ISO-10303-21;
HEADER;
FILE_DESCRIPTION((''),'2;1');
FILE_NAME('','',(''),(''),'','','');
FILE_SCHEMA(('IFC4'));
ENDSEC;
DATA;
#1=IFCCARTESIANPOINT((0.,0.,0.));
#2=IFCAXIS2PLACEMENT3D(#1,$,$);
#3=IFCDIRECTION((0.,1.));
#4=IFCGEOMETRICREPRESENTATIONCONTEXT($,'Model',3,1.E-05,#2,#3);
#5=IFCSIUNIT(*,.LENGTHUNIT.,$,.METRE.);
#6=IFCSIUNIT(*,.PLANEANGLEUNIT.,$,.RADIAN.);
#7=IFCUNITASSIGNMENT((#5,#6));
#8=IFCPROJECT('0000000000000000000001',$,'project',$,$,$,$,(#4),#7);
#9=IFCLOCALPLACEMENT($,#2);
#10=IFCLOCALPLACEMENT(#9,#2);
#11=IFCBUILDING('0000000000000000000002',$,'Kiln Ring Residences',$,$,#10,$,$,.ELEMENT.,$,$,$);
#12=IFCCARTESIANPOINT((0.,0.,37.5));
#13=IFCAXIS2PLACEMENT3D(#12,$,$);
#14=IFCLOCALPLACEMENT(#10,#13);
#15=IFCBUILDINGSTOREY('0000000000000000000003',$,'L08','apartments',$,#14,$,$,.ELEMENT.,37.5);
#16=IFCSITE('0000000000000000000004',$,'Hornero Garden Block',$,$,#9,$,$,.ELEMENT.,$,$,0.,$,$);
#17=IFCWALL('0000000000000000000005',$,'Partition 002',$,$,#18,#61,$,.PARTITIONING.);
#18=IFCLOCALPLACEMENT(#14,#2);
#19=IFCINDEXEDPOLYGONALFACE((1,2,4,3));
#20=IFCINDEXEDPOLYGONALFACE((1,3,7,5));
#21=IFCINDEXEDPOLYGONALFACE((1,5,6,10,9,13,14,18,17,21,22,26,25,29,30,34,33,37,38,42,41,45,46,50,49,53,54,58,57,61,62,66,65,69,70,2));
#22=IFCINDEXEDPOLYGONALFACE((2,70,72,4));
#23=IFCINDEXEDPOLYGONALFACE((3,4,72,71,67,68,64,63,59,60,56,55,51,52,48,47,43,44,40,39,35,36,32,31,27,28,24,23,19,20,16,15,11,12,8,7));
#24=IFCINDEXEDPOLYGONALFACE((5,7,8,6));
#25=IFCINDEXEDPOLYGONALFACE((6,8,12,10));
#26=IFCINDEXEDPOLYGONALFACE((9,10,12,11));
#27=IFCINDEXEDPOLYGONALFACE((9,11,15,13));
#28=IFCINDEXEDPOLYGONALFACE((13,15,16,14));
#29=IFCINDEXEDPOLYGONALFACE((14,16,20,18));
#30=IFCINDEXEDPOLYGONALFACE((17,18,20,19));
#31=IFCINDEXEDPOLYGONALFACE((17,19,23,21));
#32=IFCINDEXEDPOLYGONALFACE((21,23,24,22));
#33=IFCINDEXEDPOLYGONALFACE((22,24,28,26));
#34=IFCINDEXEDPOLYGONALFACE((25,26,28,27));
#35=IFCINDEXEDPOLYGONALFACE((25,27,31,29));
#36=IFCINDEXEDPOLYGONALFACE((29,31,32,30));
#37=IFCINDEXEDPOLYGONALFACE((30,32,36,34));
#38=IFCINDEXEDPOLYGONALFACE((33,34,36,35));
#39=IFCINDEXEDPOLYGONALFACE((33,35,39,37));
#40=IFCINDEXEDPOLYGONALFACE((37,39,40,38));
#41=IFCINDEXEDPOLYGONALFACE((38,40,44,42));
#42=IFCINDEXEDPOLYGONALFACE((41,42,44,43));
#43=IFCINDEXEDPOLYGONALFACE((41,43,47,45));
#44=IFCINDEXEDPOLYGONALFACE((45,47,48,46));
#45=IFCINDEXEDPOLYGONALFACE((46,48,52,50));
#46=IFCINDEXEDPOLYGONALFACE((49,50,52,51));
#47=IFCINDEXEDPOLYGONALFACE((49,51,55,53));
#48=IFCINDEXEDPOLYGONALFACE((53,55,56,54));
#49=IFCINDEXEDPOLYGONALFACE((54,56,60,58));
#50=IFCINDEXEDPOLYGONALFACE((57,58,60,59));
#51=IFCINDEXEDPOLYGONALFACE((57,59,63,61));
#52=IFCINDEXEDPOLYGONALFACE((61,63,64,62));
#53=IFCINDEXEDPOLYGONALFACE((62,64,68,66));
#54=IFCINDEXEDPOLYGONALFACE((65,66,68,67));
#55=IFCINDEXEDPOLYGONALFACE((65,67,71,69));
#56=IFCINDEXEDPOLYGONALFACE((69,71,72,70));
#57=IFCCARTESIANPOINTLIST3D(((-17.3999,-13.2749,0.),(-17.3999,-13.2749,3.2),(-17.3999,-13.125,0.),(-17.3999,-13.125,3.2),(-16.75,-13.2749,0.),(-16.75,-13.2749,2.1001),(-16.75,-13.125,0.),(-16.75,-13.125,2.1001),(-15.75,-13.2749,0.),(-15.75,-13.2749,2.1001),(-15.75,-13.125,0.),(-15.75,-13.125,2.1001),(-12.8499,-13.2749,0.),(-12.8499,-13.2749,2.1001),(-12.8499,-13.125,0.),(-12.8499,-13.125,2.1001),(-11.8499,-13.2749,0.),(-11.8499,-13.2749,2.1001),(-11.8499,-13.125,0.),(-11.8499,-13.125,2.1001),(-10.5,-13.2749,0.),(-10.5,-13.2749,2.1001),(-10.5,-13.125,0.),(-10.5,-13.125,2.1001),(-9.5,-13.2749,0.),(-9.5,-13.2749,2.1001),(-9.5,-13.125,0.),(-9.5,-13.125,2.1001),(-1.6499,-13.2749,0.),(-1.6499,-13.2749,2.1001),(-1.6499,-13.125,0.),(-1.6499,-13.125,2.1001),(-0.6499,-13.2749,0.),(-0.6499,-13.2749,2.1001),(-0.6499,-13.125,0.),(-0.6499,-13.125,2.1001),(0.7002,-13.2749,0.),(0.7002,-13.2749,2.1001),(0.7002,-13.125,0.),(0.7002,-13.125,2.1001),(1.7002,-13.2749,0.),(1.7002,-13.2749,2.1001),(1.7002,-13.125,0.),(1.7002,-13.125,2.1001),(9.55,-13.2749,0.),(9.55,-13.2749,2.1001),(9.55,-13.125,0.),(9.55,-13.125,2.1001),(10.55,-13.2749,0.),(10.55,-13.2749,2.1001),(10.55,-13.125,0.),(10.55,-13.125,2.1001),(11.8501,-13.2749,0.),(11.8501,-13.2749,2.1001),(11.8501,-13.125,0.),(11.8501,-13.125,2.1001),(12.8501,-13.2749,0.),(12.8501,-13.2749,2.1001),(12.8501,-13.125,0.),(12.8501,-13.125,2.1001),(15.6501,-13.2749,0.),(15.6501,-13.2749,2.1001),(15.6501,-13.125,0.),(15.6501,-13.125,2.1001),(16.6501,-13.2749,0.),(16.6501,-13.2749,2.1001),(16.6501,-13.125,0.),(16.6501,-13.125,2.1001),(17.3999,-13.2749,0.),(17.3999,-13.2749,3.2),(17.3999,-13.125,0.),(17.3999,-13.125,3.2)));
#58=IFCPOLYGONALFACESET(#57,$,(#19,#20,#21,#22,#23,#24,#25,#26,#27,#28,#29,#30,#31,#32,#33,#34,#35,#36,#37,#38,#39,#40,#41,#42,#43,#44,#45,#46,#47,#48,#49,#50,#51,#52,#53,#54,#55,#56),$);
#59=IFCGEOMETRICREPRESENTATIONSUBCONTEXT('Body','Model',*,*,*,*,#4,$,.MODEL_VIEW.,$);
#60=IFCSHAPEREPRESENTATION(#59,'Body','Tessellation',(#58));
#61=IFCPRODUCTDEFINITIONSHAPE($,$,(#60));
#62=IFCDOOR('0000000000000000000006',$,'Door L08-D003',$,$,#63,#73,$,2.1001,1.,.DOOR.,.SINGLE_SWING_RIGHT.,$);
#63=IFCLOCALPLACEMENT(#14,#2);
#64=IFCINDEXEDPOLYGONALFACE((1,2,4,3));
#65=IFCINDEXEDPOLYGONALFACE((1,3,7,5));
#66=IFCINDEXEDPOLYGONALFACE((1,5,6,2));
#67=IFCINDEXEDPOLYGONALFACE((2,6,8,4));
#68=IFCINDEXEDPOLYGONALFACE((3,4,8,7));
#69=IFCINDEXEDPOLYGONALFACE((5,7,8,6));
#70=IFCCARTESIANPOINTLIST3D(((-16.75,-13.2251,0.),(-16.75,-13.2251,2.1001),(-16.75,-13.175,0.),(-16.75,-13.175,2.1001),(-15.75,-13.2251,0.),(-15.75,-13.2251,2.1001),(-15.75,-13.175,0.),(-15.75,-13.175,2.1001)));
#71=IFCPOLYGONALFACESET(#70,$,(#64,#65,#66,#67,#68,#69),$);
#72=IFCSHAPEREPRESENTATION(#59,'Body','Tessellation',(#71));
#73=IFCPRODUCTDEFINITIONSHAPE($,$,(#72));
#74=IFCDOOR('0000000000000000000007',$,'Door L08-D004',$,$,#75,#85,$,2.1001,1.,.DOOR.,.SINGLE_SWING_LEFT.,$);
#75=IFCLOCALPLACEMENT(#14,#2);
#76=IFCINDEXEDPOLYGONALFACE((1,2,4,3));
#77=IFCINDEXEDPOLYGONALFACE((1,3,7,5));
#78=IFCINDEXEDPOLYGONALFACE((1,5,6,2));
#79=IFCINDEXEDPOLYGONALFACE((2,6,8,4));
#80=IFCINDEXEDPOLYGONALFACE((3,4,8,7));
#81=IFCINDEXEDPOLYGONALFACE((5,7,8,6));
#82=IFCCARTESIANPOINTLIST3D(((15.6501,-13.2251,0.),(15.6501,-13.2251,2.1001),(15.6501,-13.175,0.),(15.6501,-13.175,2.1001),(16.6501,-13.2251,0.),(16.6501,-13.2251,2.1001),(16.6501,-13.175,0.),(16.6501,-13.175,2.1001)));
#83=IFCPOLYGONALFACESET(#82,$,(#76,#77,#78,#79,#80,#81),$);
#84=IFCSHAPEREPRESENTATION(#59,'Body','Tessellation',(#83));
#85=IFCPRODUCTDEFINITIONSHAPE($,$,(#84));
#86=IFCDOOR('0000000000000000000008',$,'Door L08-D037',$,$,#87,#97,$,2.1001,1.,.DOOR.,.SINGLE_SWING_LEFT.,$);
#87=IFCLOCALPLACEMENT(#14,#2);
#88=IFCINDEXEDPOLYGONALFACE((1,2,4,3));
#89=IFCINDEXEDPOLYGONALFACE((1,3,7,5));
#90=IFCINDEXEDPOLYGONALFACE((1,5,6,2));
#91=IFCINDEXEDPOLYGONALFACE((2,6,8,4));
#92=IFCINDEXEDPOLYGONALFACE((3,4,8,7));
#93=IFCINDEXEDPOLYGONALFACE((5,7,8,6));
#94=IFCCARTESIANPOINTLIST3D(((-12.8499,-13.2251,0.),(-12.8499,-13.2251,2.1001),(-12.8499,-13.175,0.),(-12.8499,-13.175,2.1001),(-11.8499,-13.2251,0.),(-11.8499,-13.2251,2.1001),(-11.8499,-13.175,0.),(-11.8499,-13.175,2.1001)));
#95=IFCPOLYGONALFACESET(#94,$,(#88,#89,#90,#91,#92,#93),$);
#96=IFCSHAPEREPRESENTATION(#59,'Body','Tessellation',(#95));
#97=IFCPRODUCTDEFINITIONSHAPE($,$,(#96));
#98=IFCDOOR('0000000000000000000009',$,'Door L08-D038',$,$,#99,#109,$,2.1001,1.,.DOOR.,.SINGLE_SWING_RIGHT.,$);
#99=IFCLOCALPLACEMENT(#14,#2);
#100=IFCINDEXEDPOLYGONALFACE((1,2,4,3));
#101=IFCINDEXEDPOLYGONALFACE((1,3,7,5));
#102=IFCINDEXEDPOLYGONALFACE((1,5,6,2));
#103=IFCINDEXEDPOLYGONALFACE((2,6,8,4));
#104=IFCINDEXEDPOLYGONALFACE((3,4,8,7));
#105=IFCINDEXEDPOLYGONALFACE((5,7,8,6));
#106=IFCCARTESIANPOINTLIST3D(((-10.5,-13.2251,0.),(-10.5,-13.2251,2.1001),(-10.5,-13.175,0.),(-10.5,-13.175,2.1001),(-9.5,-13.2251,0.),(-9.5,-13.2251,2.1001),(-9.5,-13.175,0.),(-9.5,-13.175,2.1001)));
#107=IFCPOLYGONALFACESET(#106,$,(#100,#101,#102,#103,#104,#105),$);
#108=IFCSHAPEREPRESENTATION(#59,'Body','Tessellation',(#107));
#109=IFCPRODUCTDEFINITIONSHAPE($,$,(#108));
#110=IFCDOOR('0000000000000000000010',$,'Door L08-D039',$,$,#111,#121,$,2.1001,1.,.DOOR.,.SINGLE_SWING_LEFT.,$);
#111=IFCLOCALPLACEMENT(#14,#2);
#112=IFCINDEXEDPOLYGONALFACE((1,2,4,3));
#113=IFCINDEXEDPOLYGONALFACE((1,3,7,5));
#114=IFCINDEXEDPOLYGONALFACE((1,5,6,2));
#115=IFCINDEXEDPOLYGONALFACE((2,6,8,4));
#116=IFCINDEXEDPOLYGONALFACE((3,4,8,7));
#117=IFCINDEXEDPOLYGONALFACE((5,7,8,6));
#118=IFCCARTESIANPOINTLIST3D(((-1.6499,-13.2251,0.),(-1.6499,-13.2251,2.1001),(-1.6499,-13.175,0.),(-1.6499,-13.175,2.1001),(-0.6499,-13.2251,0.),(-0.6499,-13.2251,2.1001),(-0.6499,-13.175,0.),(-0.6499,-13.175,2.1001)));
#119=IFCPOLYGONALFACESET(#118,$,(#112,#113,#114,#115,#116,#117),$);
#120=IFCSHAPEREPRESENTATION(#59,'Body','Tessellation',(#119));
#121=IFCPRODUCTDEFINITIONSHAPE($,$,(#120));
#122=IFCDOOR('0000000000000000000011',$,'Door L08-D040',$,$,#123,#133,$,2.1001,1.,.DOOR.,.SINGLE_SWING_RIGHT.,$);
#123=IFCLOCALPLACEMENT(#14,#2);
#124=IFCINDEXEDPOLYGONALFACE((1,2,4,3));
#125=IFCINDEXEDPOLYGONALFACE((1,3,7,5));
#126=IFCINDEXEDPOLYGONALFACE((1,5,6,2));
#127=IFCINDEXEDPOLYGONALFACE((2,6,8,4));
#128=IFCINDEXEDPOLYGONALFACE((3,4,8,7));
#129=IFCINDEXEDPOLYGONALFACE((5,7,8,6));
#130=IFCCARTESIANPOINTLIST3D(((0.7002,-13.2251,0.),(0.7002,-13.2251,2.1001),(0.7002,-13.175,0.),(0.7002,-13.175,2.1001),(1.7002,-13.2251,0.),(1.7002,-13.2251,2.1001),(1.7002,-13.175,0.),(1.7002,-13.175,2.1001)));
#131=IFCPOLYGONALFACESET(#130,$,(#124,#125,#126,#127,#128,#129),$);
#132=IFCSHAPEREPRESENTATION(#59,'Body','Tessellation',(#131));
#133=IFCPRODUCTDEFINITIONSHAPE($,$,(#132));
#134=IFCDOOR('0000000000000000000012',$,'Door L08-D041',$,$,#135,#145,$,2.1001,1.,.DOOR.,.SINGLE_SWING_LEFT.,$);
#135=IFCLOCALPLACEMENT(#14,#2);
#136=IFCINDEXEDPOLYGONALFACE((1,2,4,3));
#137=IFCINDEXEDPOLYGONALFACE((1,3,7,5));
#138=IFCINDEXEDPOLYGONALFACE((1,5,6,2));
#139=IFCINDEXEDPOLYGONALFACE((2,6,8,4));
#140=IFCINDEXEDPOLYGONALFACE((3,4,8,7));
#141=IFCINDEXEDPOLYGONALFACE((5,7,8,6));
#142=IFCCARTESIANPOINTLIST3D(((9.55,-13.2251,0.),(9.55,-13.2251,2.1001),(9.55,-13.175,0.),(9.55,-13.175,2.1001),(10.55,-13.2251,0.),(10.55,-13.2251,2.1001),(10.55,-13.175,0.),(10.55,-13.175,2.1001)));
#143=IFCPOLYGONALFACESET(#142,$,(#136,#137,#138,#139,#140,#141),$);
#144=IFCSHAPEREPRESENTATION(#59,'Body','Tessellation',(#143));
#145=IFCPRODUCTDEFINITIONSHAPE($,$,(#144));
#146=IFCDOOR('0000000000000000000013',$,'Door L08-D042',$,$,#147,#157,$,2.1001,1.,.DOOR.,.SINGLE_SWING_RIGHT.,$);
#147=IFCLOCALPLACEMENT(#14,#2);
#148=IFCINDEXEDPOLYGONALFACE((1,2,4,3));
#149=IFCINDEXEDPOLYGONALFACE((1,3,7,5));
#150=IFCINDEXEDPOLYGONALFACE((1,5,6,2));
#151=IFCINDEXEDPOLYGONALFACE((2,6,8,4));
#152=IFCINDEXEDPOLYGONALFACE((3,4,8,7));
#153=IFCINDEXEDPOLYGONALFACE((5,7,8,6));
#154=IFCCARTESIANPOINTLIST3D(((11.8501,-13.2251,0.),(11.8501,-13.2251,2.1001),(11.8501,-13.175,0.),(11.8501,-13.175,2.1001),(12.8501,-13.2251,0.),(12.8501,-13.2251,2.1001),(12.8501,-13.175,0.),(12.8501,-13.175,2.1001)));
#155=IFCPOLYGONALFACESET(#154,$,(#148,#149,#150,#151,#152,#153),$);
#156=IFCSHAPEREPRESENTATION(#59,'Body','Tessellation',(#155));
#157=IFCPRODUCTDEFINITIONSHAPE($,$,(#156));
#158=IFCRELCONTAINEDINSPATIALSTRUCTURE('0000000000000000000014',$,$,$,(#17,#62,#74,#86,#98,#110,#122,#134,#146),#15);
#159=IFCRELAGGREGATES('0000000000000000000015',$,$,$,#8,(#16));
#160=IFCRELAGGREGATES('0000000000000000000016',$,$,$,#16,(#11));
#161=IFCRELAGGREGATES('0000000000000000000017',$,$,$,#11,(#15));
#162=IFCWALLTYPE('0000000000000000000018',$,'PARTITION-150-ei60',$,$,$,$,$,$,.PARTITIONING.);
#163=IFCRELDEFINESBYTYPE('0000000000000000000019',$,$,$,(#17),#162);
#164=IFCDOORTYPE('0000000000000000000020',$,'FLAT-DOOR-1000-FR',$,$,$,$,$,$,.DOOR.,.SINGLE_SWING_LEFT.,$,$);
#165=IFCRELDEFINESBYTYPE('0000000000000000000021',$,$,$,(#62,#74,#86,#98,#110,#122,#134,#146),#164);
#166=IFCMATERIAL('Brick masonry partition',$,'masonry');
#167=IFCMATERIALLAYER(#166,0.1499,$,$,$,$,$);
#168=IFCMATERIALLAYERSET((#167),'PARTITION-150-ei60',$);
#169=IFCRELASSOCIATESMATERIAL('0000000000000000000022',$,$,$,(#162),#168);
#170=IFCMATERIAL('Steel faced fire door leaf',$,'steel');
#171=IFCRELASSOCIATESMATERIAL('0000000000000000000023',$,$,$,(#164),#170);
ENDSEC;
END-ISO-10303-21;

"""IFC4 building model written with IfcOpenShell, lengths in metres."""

from ifc_helpers import new_model, si_unit, direction, frame, frame_2d, origin, place, context, subcontext, project, spatial, rectangle, extrude, material, layer, layer_set, type_object, element, fill, save


model = new_model("IFC4")

# Units and contexts
model_context = context("Model", 3, precision=1e-05, world=origin(), true_north=direction((0.0, 1.0)))
body_context = subcontext(model_context, "Body", "Model", "MODEL_VIEW")
ifc_project = project(units=[si_unit("LENGTHUNIT", "METRE"), si_unit("PLANEANGLEUNIT", "RADIAN")], contexts=[model_context])

# Site, building, storey
site_placement = place(None, origin())
site = spatial("IfcSite", under=ifc_project, at=site_placement, Name="Hornero Garden Block", CompositionType="ELEMENT", RefElevation=0.0)
building_placement = place(site_placement, origin())
building = spatial("IfcBuilding", under=site, at=building_placement, Name="Kiln Ring Residences", CompositionType="ELEMENT")
storey_placement = place(building_placement, frame((0.0, 0.0, 37.5)))
storey = spatial("IfcBuildingStorey", under=building, at=storey_placement, Name="L08", Description="apartments", CompositionType="ELEMENT", Elevation=37.5)

# Wall, openings, doors
ifc_material_1 = material(Name="Brick masonry partition", Category="masonry")
ifc_layer_1 = layer(ifc_material_1, 0.1499)
ifc_layer_set_1 = layer_set([ifc_layer_1], Name="PARTITION-150-ei60")
wall_type_1 = type_object("IfcWallType", Name="PARTITION-150-ei60", PredefinedType="PARTITIONING", material=ifc_layer_set_1)
wall_1_placement = place(storey_placement, frame((-17.3999, -13.2, 0.0), z_axis=(0.0, 0.0, 1.0), x_axis=(1.0, 0.0, 0.0)))
wall_1 = element("IfcWall", 1, at=wall_1_placement, inside=storey, type_object=wall_type_1, Name="Partition 002", PredefinedType="PARTITIONING", context=body_context, shape_type="SweptSolid", body=[
    extrude(rectangle(XDim=34.7998, YDim=0.1499, at=frame_2d((17.3999, 0.0))), origin(), (0.0, 0.0, 1.0), 3.2),
])
opening_1_placement = place(wall_1_placement, frame((0.6499, 0.0, 0.0)))
opening_1 = element("IfcOpeningElement", 2, at=opening_1_placement, cuts=wall_1, PredefinedType="OPENING", context=body_context, shape_type="SweptSolid", body=[
    extrude(rectangle(XDim=1.0, YDim=2.1001, at=frame_2d((0.5, 1.05))), frame((0.0, 0.085, 0.0), z_axis=(0.0, -1.0, 0.0), x_axis=(1.0, 0.0, 0.0)), (0.0, 0.0, 1.0), 0.1699),
])
opening_2_placement = place(wall_1_placement, frame((33.05, 0.0, 0.0)))
opening_2 = element("IfcOpeningElement", 3, at=opening_2_placement, cuts=wall_1, PredefinedType="OPENING", context=body_context, shape_type="SweptSolid", body=[
    extrude(rectangle(XDim=1.0, YDim=2.1001, at=frame_2d((0.5, 1.05))), frame((0.0, 0.085, 0.0), z_axis=(0.0, -1.0, 0.0), x_axis=(1.0, 0.0, 0.0)), (0.0, 0.0, 1.0), 0.1699),
])
opening_3_placement = place(wall_1_placement, frame((4.55, 0.0, 0.0)))
opening_3 = element("IfcOpeningElement", 4, at=opening_3_placement, cuts=wall_1, PredefinedType="OPENING", context=body_context, shape_type="SweptSolid", body=[
    extrude(rectangle(XDim=1.0, YDim=2.1001, at=frame_2d((0.5, 1.05))), frame((0.0, 0.085, 0.0), z_axis=(0.0, -1.0, 0.0), x_axis=(1.0, 0.0, 0.0)), (0.0, 0.0, 1.0), 0.1699),
])
opening_4_placement = place(wall_1_placement, frame((6.8999, 0.0, 0.0)))
opening_4 = element("IfcOpeningElement", 5, at=opening_4_placement, cuts=wall_1, PredefinedType="OPENING", context=body_context, shape_type="SweptSolid", body=[
    extrude(rectangle(XDim=1.0, YDim=2.1001, at=frame_2d((0.5, 1.05))), frame((0.0, 0.085, 0.0), z_axis=(0.0, -1.0, 0.0), x_axis=(1.0, 0.0, 0.0)), (0.0, 0.0, 1.0), 0.1699),
])
opening_5_placement = place(wall_1_placement, frame((15.75, 0.0, 0.0)))
opening_5 = element("IfcOpeningElement", 6, at=opening_5_placement, cuts=wall_1, PredefinedType="OPENING", context=body_context, shape_type="SweptSolid", body=[
    extrude(rectangle(XDim=1.0, YDim=2.1001, at=frame_2d((0.5, 1.05))), frame((0.0, 0.085, 0.0), z_axis=(0.0, -1.0, 0.0), x_axis=(1.0, 0.0, 0.0)), (0.0, 0.0, 1.0), 0.1699),
])
opening_6_placement = place(wall_1_placement, frame((18.1001, 0.0, 0.0)))
opening_6 = element("IfcOpeningElement", 7, at=opening_6_placement, cuts=wall_1, PredefinedType="OPENING", context=body_context, shape_type="SweptSolid", body=[
    extrude(rectangle(XDim=1.0, YDim=2.1001, at=frame_2d((0.5, 1.05))), frame((0.0, 0.085, 0.0), z_axis=(0.0, -1.0, 0.0), x_axis=(1.0, 0.0, 0.0)), (0.0, 0.0, 1.0), 0.1699),
])
opening_7_placement = place(wall_1_placement, frame((26.95, 0.0, 0.0)))
opening_7 = element("IfcOpeningElement", 8, at=opening_7_placement, cuts=wall_1, PredefinedType="OPENING", context=body_context, shape_type="SweptSolid", body=[
    extrude(rectangle(XDim=1.0, YDim=2.1001, at=frame_2d((0.5, 1.05))), frame((0.0, 0.085, 0.0), z_axis=(0.0, -1.0, 0.0), x_axis=(1.0, 0.0, 0.0)), (0.0, 0.0, 1.0), 0.1699),
])
opening_8_placement = place(wall_1_placement, frame((29.25, 0.0, 0.0)))
opening_8 = element("IfcOpeningElement", 9, at=opening_8_placement, cuts=wall_1, PredefinedType="OPENING", context=body_context, shape_type="SweptSolid", body=[
    extrude(rectangle(XDim=1.0, YDim=2.1001, at=frame_2d((0.5, 1.05))), frame((0.0, 0.085, 0.0), z_axis=(0.0, -1.0, 0.0), x_axis=(1.0, 0.0, 0.0)), (0.0, 0.0, 1.0), 0.1699),
])
ifc_material_2 = material(Name="Steel faced fire door leaf", Category="steel")
door_type_1 = type_object("IfcDoorType", Name="FLAT-DOOR-1000-FR", OperationType="SINGLE_SWING_LEFT", PredefinedType="DOOR", material=ifc_material_2)
door_1_placement = place(opening_1_placement, origin())
door_1 = element("IfcDoor", 10, at=door_1_placement, inside=storey, type_object=door_type_1, Name="Door L08-D003", OperationType="SINGLE_SWING_RIGHT", OverallHeight=2.1001, OverallWidth=1.0, PredefinedType="DOOR", context=body_context, shape_type="SweptSolid", body=[
    extrude(rectangle(XDim=1.0, YDim=2.1001, at=frame_2d((0.5, 1.05))), frame((0.0, 0.0249, 0.0), z_axis=(0.0, -1.0, 0.0), x_axis=(1.0, 0.0, 0.0)), (0.0, 0.0, 1.0), 0.05),
])
fill(opening_1, door_1)
door_2_placement = place(opening_2_placement, origin())
door_2 = element("IfcDoor", 11, at=door_2_placement, inside=storey, type_object=door_type_1, Name="Door L08-D004", OperationType="SINGLE_SWING_LEFT", OverallHeight=2.1001, OverallWidth=1.0, PredefinedType="DOOR", context=body_context, shape_type="SweptSolid", body=[
    extrude(rectangle(XDim=1.0, YDim=2.1001, at=frame_2d((0.5, 1.05))), frame((0.0, 0.0249, 0.0), z_axis=(0.0, -1.0, 0.0), x_axis=(1.0, 0.0, 0.0)), (0.0, 0.0, 1.0), 0.05),
])
fill(opening_2, door_2)
door_3_placement = place(opening_3_placement, origin())
door_3 = element("IfcDoor", 12, at=door_3_placement, inside=storey, type_object=door_type_1, Name="Door L08-D037", OperationType="SINGLE_SWING_LEFT", OverallHeight=2.1001, OverallWidth=1.0, PredefinedType="DOOR", context=body_context, shape_type="SweptSolid", body=[
    extrude(rectangle(XDim=1.0, YDim=2.1001, at=frame_2d((0.5, 1.05))), frame((0.0, 0.0249, 0.0), z_axis=(0.0, -1.0, 0.0), x_axis=(1.0, 0.0, 0.0)), (0.0, 0.0, 1.0), 0.05),
])
fill(opening_3, door_3)
door_4_placement = place(opening_4_placement, origin())
door_4 = element("IfcDoor", 13, at=door_4_placement, inside=storey, type_object=door_type_1, Name="Door L08-D038", OperationType="SINGLE_SWING_RIGHT", OverallHeight=2.1001, OverallWidth=1.0, PredefinedType="DOOR", context=body_context, shape_type="SweptSolid", body=[
    extrude(rectangle(XDim=1.0, YDim=2.1001, at=frame_2d((0.5, 1.05))), frame((0.0, 0.0249, 0.0), z_axis=(0.0, -1.0, 0.0), x_axis=(1.0, 0.0, 0.0)), (0.0, 0.0, 1.0), 0.05),
])
fill(opening_4, door_4)
door_5_placement = place(opening_5_placement, origin())
door_5 = element("IfcDoor", 14, at=door_5_placement, inside=storey, type_object=door_type_1, Name="Door L08-D039", OperationType="SINGLE_SWING_LEFT", OverallHeight=2.1001, OverallWidth=1.0, PredefinedType="DOOR", context=body_context, shape_type="SweptSolid", body=[
    extrude(rectangle(XDim=1.0, YDim=2.1001, at=frame_2d((0.5, 1.05))), frame((0.0, 0.0249, 0.0), z_axis=(0.0, -1.0, 0.0), x_axis=(1.0, 0.0, 0.0)), (0.0, 0.0, 1.0), 0.05),
])
fill(opening_5, door_5)
door_6_placement = place(opening_6_placement, origin())
door_6 = element("IfcDoor", 15, at=door_6_placement, inside=storey, type_object=door_type_1, Name="Door L08-D040", OperationType="SINGLE_SWING_RIGHT", OverallHeight=2.1001, OverallWidth=1.0, PredefinedType="DOOR", context=body_context, shape_type="SweptSolid", body=[
    extrude(rectangle(XDim=1.0, YDim=2.1001, at=frame_2d((0.5, 1.05))), frame((0.0, 0.0249, 0.0), z_axis=(0.0, -1.0, 0.0), x_axis=(1.0, 0.0, 0.0)), (0.0, 0.0, 1.0), 0.05),
])
fill(opening_6, door_6)
door_7_placement = place(opening_7_placement, origin())
door_7 = element("IfcDoor", 16, at=door_7_placement, inside=storey, type_object=door_type_1, Name="Door L08-D041", OperationType="SINGLE_SWING_LEFT", OverallHeight=2.1001, OverallWidth=1.0, PredefinedType="DOOR", context=body_context, shape_type="SweptSolid", body=[
    extrude(rectangle(XDim=1.0, YDim=2.1001, at=frame_2d((0.5, 1.05))), frame((0.0, 0.0249, 0.0), z_axis=(0.0, -1.0, 0.0), x_axis=(1.0, 0.0, 0.0)), (0.0, 0.0, 1.0), 0.05),
])
fill(opening_7, door_7)
door_8_placement = place(opening_8_placement, origin())
door_8 = element("IfcDoor", 17, at=door_8_placement, inside=storey, type_object=door_type_1, Name="Door L08-D042", OperationType="SINGLE_SWING_RIGHT", OverallHeight=2.1001, OverallWidth=1.0, PredefinedType="DOOR", context=body_context, shape_type="SweptSolid", body=[
    extrude(rectangle(XDim=1.0, YDim=2.1001, at=frame_2d((0.5, 1.05))), frame((0.0, 0.0249, 0.0), z_axis=(0.0, -1.0, 0.0), x_axis=(1.0, 0.0, 0.0)), (0.0, 0.0, 1.0), 0.05),
])
fill(opening_8, door_8)

save(model, "model.ifc")
